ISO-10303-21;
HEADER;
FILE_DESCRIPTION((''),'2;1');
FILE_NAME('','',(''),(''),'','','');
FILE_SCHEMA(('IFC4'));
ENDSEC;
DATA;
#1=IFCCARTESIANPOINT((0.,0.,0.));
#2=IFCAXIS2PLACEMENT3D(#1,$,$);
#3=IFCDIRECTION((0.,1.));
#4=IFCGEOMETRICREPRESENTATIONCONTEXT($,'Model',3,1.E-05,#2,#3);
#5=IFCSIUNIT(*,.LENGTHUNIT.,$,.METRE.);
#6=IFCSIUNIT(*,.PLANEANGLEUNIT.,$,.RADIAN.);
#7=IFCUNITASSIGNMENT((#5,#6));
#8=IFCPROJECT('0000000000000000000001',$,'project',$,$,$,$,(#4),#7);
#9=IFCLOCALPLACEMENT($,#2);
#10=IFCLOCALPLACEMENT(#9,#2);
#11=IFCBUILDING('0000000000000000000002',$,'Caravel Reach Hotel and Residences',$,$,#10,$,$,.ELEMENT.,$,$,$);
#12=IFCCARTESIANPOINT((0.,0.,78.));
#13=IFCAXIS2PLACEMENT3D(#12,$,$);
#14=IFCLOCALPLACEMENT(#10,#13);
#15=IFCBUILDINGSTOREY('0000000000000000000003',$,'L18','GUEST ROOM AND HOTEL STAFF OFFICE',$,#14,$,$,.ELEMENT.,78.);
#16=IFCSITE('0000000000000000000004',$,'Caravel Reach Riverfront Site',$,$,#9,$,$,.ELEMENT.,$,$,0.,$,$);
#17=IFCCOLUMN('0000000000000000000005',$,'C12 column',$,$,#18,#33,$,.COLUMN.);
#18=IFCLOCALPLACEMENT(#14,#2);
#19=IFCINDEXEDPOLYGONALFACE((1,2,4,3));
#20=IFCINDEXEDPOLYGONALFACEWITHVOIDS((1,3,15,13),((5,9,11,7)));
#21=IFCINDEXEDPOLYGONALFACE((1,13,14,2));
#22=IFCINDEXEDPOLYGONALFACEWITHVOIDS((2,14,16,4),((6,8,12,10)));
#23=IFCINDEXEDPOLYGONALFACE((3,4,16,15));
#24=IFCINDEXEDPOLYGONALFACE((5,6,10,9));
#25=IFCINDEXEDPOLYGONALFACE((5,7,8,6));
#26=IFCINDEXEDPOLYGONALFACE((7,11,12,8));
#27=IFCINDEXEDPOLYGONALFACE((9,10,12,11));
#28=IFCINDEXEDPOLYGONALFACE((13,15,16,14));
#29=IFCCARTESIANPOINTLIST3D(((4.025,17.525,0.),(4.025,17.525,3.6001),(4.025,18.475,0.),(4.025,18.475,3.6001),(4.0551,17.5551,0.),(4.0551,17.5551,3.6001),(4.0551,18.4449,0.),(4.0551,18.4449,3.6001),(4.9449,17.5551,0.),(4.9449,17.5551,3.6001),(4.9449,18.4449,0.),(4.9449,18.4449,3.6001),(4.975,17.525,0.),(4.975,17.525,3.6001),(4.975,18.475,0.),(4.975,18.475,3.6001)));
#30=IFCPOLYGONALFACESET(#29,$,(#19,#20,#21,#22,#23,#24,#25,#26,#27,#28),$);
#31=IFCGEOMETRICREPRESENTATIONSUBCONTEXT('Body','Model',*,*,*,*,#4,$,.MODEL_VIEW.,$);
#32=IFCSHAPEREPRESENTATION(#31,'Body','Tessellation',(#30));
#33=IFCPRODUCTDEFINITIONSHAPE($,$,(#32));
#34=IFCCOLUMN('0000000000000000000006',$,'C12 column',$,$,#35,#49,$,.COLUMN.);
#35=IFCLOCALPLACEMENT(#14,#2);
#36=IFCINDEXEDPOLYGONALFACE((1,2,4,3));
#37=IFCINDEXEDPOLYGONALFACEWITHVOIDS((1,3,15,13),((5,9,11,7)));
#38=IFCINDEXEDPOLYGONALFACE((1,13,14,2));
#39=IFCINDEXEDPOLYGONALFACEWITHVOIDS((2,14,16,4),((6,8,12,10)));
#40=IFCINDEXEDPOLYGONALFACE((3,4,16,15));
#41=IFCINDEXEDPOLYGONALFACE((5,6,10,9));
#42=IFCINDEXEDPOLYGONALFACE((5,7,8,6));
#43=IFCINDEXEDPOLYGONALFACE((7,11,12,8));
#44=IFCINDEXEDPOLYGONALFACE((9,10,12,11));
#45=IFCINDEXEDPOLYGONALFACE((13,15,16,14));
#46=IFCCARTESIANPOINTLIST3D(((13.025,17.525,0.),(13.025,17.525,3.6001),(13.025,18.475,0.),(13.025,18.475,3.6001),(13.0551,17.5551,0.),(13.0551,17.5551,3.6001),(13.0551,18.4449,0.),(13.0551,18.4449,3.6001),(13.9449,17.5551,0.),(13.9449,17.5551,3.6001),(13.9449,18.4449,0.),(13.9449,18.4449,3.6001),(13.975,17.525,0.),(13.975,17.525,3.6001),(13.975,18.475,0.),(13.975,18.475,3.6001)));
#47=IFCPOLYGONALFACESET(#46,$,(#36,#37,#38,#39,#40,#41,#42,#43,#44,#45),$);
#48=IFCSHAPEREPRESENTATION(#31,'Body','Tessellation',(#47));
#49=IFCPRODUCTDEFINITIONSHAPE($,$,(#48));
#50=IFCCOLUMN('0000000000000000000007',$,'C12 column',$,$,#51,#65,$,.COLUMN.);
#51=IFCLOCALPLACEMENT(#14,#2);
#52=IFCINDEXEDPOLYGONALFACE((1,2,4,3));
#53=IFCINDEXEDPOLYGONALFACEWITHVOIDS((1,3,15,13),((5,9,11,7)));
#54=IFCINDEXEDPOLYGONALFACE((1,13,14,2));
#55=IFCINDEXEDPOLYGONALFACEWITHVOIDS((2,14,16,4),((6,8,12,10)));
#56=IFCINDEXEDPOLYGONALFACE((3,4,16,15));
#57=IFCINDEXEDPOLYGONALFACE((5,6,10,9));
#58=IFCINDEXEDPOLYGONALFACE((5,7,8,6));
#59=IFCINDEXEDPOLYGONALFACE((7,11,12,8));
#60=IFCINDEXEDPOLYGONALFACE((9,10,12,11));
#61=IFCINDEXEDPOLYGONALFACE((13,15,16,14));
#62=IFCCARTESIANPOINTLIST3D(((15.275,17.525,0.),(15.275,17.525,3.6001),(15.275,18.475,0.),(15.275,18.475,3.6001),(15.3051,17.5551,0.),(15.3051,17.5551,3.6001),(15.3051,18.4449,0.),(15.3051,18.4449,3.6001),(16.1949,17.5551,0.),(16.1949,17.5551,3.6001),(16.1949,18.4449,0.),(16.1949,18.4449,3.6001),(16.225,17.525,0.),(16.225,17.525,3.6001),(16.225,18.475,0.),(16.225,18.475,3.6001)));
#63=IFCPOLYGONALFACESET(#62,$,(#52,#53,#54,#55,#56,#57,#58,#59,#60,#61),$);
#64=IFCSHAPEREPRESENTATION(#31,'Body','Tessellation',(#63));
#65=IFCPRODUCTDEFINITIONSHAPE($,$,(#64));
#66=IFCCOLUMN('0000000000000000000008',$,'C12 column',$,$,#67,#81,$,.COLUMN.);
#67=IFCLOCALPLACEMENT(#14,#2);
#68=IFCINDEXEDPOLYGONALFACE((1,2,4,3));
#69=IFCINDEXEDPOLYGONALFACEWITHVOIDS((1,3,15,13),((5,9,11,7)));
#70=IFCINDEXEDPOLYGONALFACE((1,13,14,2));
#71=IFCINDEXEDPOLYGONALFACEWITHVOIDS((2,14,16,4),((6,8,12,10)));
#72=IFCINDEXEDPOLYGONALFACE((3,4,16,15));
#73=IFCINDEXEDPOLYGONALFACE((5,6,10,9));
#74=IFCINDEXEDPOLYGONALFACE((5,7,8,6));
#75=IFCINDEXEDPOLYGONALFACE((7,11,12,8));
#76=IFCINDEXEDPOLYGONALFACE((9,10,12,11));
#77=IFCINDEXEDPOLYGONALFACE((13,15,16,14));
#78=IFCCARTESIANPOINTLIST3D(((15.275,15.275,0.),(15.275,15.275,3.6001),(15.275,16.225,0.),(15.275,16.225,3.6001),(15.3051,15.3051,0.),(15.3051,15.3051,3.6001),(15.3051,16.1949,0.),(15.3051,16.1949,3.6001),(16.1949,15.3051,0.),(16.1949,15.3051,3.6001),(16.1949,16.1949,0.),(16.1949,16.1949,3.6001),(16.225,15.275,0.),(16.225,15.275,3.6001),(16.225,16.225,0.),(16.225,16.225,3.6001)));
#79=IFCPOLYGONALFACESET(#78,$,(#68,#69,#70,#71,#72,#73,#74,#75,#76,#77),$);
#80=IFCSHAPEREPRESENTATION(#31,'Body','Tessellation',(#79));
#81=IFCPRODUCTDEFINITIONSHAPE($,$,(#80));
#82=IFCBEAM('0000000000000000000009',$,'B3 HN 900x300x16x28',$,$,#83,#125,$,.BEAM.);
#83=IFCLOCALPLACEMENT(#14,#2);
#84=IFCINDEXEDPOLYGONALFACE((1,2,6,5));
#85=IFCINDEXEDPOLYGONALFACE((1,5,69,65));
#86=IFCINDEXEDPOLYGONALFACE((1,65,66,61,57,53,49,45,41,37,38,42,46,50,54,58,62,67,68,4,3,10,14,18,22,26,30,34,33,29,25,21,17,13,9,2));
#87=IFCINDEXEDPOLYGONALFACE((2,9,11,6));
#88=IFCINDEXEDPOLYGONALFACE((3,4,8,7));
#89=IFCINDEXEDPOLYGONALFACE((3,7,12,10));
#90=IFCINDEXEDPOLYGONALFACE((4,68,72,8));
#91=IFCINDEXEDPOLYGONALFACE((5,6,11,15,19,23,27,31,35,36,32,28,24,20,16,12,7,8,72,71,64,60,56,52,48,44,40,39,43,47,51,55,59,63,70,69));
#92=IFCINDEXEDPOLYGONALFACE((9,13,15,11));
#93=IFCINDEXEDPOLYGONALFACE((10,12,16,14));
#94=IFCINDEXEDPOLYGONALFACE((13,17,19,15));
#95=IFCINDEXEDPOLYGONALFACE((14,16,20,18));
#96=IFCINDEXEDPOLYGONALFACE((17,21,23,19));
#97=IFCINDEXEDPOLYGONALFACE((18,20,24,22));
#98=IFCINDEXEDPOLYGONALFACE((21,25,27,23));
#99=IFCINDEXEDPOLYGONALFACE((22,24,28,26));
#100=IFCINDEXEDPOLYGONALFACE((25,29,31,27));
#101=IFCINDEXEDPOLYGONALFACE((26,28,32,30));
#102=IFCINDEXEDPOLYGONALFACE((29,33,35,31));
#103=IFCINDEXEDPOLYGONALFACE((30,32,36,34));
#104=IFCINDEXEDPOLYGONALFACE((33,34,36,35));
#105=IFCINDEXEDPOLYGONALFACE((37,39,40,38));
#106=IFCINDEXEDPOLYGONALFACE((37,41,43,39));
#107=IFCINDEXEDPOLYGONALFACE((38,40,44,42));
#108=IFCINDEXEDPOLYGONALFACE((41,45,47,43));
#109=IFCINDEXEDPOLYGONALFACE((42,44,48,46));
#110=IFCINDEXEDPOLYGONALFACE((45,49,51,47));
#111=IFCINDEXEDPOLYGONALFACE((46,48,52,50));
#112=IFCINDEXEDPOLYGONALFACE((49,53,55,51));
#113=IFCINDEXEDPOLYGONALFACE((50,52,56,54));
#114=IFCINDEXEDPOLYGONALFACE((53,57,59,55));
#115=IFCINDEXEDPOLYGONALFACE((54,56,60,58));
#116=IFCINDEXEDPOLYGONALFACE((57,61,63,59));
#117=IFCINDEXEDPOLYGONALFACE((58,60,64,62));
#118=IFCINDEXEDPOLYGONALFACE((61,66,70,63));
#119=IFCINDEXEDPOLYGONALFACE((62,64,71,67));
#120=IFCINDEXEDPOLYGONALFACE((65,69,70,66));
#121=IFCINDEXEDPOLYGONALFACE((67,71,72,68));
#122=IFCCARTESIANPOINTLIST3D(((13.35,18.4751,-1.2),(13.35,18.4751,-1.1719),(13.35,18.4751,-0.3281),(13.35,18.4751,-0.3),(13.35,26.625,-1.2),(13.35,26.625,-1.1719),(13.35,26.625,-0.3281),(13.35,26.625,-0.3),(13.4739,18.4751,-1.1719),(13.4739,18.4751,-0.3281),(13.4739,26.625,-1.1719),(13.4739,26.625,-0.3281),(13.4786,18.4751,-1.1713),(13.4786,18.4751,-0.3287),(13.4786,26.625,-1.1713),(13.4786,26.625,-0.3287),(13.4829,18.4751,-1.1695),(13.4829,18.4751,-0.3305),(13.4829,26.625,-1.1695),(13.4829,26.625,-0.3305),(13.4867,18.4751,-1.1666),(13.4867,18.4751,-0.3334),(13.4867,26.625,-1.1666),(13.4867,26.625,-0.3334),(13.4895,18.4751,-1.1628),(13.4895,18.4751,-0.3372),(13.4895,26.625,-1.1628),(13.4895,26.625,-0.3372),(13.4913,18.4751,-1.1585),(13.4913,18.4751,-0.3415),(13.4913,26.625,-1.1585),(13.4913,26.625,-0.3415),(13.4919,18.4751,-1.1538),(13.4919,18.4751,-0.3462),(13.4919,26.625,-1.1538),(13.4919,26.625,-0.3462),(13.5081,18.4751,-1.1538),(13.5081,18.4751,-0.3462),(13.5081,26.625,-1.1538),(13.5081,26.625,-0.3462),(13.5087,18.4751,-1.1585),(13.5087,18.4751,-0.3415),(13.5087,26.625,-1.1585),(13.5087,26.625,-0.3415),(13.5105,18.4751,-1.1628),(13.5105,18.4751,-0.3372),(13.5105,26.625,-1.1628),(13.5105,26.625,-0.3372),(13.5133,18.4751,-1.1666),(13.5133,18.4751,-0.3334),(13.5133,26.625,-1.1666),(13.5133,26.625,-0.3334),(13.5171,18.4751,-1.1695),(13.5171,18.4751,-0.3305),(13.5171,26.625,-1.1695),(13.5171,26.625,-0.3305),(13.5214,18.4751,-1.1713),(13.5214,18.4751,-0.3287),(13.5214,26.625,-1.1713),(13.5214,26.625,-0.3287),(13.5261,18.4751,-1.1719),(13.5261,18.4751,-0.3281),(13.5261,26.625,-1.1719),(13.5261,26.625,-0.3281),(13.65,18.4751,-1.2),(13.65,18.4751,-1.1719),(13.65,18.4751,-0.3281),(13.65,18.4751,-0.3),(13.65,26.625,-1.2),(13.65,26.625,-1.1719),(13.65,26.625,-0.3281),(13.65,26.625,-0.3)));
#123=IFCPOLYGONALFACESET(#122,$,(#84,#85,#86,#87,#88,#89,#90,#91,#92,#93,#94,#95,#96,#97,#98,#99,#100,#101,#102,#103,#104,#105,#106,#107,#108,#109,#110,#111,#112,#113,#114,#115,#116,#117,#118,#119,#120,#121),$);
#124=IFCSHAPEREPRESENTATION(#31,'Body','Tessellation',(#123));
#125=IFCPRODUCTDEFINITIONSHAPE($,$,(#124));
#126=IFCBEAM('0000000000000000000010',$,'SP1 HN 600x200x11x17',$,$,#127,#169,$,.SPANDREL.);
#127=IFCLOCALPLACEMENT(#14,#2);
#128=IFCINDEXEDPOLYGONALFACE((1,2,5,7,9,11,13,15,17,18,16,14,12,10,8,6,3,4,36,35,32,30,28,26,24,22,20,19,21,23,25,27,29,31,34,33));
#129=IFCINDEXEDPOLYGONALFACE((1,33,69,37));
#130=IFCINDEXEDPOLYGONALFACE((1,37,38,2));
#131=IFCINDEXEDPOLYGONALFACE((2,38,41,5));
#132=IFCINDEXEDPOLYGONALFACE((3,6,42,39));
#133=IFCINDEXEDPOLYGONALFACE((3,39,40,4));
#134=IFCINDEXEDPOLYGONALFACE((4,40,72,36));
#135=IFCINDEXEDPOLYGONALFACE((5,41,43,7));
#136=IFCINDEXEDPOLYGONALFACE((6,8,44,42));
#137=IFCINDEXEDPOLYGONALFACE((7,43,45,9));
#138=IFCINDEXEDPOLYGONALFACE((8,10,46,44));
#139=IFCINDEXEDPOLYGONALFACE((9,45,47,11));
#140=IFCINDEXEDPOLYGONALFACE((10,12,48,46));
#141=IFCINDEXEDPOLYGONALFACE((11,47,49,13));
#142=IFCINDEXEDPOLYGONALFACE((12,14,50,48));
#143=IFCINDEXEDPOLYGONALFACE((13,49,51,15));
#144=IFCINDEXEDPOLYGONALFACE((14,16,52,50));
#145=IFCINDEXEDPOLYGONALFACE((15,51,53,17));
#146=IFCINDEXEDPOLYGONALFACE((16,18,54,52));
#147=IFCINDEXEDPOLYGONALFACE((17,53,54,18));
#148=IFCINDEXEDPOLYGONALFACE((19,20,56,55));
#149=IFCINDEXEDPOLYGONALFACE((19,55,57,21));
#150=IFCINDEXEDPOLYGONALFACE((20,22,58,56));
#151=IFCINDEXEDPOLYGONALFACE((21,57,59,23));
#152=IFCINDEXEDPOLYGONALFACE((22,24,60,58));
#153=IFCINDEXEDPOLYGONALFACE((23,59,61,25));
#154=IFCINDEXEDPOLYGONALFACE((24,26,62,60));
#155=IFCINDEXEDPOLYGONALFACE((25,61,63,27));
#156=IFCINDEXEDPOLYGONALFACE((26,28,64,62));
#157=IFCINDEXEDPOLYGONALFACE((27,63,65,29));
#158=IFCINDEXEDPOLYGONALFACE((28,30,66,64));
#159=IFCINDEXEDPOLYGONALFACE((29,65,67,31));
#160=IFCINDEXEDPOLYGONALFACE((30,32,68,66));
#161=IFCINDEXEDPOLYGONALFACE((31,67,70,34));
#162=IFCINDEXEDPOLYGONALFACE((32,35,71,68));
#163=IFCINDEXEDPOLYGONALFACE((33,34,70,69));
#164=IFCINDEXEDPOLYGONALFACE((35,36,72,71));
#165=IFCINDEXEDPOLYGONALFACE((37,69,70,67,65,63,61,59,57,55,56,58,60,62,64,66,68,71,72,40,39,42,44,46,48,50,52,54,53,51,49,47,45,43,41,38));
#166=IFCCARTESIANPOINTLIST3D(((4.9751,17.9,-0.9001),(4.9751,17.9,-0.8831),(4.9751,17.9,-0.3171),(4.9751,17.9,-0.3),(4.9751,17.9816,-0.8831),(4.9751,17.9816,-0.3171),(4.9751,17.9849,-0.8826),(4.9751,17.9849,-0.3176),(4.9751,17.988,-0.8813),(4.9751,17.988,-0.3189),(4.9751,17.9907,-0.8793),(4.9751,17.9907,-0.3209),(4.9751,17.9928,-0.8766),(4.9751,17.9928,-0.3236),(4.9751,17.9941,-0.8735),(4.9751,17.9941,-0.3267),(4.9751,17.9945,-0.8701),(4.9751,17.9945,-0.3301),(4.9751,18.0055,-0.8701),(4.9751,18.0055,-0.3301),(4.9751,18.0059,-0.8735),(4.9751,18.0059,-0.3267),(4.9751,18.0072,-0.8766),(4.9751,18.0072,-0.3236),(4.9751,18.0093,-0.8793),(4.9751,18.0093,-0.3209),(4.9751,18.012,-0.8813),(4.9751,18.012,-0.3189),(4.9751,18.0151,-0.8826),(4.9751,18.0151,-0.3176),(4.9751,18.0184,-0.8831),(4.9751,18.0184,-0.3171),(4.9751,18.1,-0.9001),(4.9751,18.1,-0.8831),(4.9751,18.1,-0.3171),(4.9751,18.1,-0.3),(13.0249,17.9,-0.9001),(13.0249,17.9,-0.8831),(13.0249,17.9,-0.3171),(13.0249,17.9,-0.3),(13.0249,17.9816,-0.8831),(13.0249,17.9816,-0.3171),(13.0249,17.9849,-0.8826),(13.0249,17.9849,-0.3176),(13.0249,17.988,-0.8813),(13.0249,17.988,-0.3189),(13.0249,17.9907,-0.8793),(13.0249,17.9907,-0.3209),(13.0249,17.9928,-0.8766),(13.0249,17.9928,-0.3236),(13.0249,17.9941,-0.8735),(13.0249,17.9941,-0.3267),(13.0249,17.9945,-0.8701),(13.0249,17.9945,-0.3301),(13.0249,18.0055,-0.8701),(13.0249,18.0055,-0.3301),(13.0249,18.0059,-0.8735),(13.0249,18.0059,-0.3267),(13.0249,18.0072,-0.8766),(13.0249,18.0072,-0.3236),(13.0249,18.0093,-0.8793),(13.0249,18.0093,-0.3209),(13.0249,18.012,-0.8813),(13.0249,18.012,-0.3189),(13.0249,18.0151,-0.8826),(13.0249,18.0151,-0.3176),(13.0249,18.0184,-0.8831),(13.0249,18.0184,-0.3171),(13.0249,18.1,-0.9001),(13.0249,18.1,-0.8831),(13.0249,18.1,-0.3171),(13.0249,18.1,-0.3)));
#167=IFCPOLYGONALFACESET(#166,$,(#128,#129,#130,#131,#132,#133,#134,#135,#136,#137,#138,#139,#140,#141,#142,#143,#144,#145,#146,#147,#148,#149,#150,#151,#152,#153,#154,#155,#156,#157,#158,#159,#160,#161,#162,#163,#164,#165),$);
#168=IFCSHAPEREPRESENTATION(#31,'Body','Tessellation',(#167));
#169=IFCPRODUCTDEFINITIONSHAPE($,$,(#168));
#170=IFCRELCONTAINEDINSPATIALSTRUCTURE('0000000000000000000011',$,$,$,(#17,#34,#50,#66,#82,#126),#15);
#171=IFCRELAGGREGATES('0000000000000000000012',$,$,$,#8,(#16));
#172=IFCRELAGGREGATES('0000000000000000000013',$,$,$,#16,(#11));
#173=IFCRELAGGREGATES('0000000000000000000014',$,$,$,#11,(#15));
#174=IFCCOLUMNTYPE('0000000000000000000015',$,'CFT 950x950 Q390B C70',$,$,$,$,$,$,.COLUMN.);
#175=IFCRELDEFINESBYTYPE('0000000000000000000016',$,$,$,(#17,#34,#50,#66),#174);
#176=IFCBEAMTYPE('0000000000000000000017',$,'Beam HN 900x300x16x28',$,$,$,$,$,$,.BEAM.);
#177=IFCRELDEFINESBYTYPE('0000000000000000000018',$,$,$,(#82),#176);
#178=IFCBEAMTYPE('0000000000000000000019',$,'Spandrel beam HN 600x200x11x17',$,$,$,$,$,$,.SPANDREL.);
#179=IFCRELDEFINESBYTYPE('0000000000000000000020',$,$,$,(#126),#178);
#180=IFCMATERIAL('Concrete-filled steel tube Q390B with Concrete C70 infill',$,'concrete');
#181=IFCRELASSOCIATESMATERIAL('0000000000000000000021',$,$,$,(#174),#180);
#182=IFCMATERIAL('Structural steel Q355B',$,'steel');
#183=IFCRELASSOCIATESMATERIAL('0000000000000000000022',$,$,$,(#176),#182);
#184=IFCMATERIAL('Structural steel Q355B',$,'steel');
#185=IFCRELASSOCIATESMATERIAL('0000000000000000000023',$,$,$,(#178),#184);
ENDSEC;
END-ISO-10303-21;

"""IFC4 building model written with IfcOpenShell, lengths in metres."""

from ifc_helpers import new_model, si_unit, direction, frame, origin, origin_2d, place, context, subcontext, project, spatial, hollow_rectangle, i_section, extrude, material, material_profile, profile_set, type_object, element, save


model = new_model("IFC4")

# Units and contexts
model_context = context("Model", 3, precision=1e-05, world=origin(), true_north=direction((0.0, 1.0)))
body_context = subcontext(model_context, "Body", "Model", "MODEL_VIEW")
ifc_project = project(units=[si_unit("LENGTHUNIT", "METRE"), si_unit("PLANEANGLEUNIT", "RADIAN")], contexts=[model_context])

# Site, building, storey
site_placement = place(None, origin())
site = spatial("IfcSite", under=ifc_project, at=site_placement, Name="Caravel Reach Riverfront Site", CompositionType="ELEMENT", RefElevation=0.0)
building_placement = place(site_placement, origin())
building = spatial("IfcBuilding", under=site, at=building_placement, Name="Caravel Reach Hotel and Residences", CompositionType="ELEMENT")
storey_placement = place(building_placement, frame((0.0, 0.0, 78.0)))
storey = spatial("IfcBuildingStorey", under=building, at=storey_placement, Name="L18", Description="GUEST ROOM AND HOTEL STAFF OFFICE", CompositionType="ELEMENT", Elevation=78.0)

# Columns
ifc_material_1 = material(Name="Concrete-filled steel tube Q390B with Concrete C70 infill", Category="concrete")
ifc_material_profile_1 = material_profile(ifc_material_1, hollow_rectangle(XDim=0.95, YDim=0.95, WallThickness=0.03, at=origin_2d()), Name="RHS 950x950x30")
ifc_profile_set_1 = profile_set([ifc_material_profile_1], Name="Concrete-filled steel tube Q390B with Concrete C70 infill")
column_type = type_object("IfcColumnType", Name="CFT 950x950 Q390B C70", PredefinedType="COLUMN", material=ifc_profile_set_1)
for number, where, z_axis, x_axis, name in (
    (1, (4.5, 18.0, 0.0), (0.0, 0.0, 1.0), (1.0, 0.0, 0.0), "C12 column"),
    (2, (13.5, 18.0, 0.0), (0.0, 0.0, 1.0), (1.0, 0.0, 0.0), "C12 column"),
    (3, (15.75, 18.0, 0.0), (0.0, 0.0, 1.0), (1.0, 0.0, 0.0), "C12 column"),
    (4, (15.75, 15.75, 0.0), (0.0, 0.0, 1.0), (1.0, 0.0, 0.0), "C12 column"),
):
    element("IfcColumn", number, at=place(storey_placement, frame(where, z_axis=z_axis, x_axis=x_axis)), inside=storey, type_object=column_type, Name=name, PredefinedType="COLUMN", context=body_context, shape_type="SweptSolid", body=[
        extrude(hollow_rectangle(XDim=0.95, YDim=0.95, WallThickness=0.03, at=origin_2d()), origin(), (0.0, 0.0, 1.0), 3.6001),
    ])

# Beams
ifc_material_2 = material(Name="Structural steel Q355B", Category="steel")
ifc_material_profile_2 = material_profile(ifc_material_2, i_section(OverallWidth=0.3, OverallDepth=0.8999, WebThickness=0.0161, FlangeThickness=0.0281, FilletRadius=0.0181, at=origin_2d()), Name="HN 900x300x16x28")
ifc_profile_set_2 = profile_set([ifc_material_profile_2], Name="Structural steel Q355B")
beam_type_1 = type_object("IfcBeamType", Name="Beam HN 900x300x16x28", PredefinedType="BEAM", material=ifc_profile_set_2)
beam_1_placement = place(storey_placement, frame((13.5, 18.4751, -0.75), z_axis=(0.0, 1.0, 0.0), x_axis=(-1.0, 0.0, 0.0)))
element("IfcBeam", 5, at=beam_1_placement, inside=storey, type_object=beam_type_1, Name="B3 HN 900x300x16x28", PredefinedType="BEAM", context=body_context, shape_type="SweptSolid", body=[
    extrude(i_section(OverallWidth=0.3, OverallDepth=0.8999, WebThickness=0.0161, FlangeThickness=0.0281, FilletRadius=0.0181, at=origin_2d()), origin(), (0.0, 0.0, 1.0), 8.1499),
])
ifc_material_3 = material(Name="Structural steel Q355B", Category="steel")
ifc_material_profile_3 = material_profile(ifc_material_3, i_section(OverallWidth=0.2, OverallDepth=0.6001, WebThickness=0.011, FlangeThickness=0.0171, FilletRadius=0.0129, at=origin_2d()), Name="HN 600x200x11x17")
ifc_profile_set_3 = profile_set([ifc_material_profile_3], Name="Structural steel Q355B")
beam_type_2 = type_object("IfcBeamType", Name="Spandrel beam HN 600x200x11x17", PredefinedType="SPANDREL", material=ifc_profile_set_3)
beam_2_placement = place(storey_placement, frame((4.9751, 18.0, -0.6001), z_axis=(1.0, 0.0, 0.0), x_axis=(0.0, 1.0, 0.0)))
element("IfcBeam", 6, at=beam_2_placement, inside=storey, type_object=beam_type_2, Name="SP1 HN 600x200x11x17", PredefinedType="SPANDREL", context=body_context, shape_type="SweptSolid", body=[
    extrude(i_section(OverallWidth=0.2, OverallDepth=0.6001, WebThickness=0.011, FlangeThickness=0.0171, FilletRadius=0.0129, at=origin_2d()), origin(), (0.0, 0.0, 1.0), 8.0498),
])

save(model, "model.ifc")
